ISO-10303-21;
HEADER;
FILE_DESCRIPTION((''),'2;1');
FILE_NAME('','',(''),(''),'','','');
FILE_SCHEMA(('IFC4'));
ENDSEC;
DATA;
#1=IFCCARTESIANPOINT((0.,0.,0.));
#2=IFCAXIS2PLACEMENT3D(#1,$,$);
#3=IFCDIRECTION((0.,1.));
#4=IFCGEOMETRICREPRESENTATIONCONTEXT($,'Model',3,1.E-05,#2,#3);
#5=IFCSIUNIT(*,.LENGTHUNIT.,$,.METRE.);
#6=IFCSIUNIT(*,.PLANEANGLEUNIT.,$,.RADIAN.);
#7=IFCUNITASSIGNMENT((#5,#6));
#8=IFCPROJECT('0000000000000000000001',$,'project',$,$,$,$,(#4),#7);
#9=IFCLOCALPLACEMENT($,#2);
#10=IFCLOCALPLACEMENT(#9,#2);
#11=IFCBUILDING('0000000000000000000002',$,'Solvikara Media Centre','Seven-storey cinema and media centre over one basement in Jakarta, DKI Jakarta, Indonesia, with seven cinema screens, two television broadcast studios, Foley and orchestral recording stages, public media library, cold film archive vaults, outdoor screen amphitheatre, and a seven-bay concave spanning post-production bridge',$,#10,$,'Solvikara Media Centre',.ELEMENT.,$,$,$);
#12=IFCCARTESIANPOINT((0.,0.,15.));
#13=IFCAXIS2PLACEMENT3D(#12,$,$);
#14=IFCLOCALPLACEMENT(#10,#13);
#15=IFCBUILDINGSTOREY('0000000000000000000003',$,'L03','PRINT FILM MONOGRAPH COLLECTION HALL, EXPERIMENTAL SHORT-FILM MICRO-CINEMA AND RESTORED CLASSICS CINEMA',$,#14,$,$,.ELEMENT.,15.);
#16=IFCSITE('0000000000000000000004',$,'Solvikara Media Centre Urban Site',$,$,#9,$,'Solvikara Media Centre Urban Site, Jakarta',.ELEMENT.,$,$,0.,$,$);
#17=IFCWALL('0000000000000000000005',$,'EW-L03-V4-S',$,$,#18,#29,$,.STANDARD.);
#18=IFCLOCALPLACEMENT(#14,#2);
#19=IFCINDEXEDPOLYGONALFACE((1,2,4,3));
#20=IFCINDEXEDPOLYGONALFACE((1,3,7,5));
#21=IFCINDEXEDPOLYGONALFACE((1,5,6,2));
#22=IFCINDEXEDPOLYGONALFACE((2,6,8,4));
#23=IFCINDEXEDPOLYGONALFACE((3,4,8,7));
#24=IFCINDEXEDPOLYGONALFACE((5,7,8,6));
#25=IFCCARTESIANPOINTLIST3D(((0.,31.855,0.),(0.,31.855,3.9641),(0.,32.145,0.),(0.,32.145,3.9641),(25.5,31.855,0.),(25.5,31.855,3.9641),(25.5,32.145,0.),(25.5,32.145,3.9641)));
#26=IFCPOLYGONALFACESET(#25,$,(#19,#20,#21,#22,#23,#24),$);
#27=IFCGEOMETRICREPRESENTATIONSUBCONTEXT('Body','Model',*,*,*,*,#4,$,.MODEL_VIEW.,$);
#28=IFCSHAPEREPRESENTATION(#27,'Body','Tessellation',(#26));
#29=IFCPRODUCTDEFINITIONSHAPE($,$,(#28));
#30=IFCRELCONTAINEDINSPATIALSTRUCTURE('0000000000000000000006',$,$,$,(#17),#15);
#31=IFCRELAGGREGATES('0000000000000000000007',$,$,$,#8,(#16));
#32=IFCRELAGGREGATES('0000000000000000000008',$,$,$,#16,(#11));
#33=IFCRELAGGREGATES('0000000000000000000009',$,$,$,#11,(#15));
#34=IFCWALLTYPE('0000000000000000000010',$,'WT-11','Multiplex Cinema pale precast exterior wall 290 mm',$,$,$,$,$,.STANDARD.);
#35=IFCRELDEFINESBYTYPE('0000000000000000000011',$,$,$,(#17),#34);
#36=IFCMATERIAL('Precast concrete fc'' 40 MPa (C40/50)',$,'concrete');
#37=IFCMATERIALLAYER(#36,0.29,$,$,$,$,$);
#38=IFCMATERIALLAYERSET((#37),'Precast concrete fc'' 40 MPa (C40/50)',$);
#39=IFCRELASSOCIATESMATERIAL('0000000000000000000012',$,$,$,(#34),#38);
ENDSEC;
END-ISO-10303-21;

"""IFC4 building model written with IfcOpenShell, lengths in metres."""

from ifc_helpers import new_model, si_unit, direction, frame, frame_2d, origin, place, context, subcontext, project, spatial, rectangle, extrude, material, layer, layer_set, type_object, element, save


model = new_model("IFC4")

# Units and contexts
model_context = context("Model", 3, precision=1e-05, world=origin(), true_north=direction((0.0, 1.0)))
body_context = subcontext(model_context, "Body", "Model", "MODEL_VIEW")
ifc_project = project(units=[si_unit("LENGTHUNIT", "METRE"), si_unit("PLANEANGLEUNIT", "RADIAN")], contexts=[model_context])

# Site, building, storey
site_placement = place(None, origin())
site = spatial("IfcSite", under=ifc_project, at=site_placement, Name="Solvikara Media Centre Urban Site", LongName="Solvikara Media Centre Urban Site, Jakarta", CompositionType="ELEMENT", RefElevation=0.0)
building_placement = place(site_placement, origin())
building = spatial("IfcBuilding", under=site, at=building_placement, Name="Solvikara Media Centre", Description="Seven-storey cinema and media centre over one basement in Jakarta, DKI Jakarta, Indonesia, with seven cinema screens, two television broadcast studios, Foley and orchestral recording stages, public media library, cold film archive vaults, outdoor screen amphitheatre, and a seven-bay concave spanning post-production bridge", LongName="Solvikara Media Centre", CompositionType="ELEMENT")
storey_placement = place(building_placement, frame((0.0, 0.0, 15.0)))
storey = spatial("IfcBuildingStorey", under=building, at=storey_placement, Name="L03", Description="PRINT FILM MONOGRAPH COLLECTION HALL, EXPERIMENTAL SHORT-FILM MICRO-CINEMA AND RESTORED CLASSICS CINEMA", CompositionType="ELEMENT", Elevation=15.0)

# Shared definitions
ifc_material_1 = material(Name="Precast concrete fc' 40 MPa (C40/50)", Category="concrete")
ifc_layer_1 = layer(ifc_material_1, 0.29)
ifc_layer_set_1 = layer_set([ifc_layer_1], Name="Precast concrete fc' 40 MPa (C40/50)")
wall_type = type_object("IfcWallType", Name="WT-11", Description="Multiplex Cinema pale precast exterior wall 290 mm", PredefinedType="STANDARD", material=ifc_layer_set_1)

# Wall
wall_1_placement = place(storey_placement, frame((0.0, 32.0, 0.0), z_axis=(0.0, 0.0, 1.0), x_axis=(1.0, 0.0, 0.0)))
element("IfcWall", 1, at=wall_1_placement, inside=storey, type_object=wall_type, Name="EW-L03-V4-S", PredefinedType="STANDARD", context=body_context, shape_type="SweptSolid", body=[
    extrude(rectangle(XDim=25.5, YDim=0.29, at=frame_2d((12.75, 0.0))), origin(), (0.0, 0.0, 1.0), 3.9641),
])

save(model, "model.ifc")
